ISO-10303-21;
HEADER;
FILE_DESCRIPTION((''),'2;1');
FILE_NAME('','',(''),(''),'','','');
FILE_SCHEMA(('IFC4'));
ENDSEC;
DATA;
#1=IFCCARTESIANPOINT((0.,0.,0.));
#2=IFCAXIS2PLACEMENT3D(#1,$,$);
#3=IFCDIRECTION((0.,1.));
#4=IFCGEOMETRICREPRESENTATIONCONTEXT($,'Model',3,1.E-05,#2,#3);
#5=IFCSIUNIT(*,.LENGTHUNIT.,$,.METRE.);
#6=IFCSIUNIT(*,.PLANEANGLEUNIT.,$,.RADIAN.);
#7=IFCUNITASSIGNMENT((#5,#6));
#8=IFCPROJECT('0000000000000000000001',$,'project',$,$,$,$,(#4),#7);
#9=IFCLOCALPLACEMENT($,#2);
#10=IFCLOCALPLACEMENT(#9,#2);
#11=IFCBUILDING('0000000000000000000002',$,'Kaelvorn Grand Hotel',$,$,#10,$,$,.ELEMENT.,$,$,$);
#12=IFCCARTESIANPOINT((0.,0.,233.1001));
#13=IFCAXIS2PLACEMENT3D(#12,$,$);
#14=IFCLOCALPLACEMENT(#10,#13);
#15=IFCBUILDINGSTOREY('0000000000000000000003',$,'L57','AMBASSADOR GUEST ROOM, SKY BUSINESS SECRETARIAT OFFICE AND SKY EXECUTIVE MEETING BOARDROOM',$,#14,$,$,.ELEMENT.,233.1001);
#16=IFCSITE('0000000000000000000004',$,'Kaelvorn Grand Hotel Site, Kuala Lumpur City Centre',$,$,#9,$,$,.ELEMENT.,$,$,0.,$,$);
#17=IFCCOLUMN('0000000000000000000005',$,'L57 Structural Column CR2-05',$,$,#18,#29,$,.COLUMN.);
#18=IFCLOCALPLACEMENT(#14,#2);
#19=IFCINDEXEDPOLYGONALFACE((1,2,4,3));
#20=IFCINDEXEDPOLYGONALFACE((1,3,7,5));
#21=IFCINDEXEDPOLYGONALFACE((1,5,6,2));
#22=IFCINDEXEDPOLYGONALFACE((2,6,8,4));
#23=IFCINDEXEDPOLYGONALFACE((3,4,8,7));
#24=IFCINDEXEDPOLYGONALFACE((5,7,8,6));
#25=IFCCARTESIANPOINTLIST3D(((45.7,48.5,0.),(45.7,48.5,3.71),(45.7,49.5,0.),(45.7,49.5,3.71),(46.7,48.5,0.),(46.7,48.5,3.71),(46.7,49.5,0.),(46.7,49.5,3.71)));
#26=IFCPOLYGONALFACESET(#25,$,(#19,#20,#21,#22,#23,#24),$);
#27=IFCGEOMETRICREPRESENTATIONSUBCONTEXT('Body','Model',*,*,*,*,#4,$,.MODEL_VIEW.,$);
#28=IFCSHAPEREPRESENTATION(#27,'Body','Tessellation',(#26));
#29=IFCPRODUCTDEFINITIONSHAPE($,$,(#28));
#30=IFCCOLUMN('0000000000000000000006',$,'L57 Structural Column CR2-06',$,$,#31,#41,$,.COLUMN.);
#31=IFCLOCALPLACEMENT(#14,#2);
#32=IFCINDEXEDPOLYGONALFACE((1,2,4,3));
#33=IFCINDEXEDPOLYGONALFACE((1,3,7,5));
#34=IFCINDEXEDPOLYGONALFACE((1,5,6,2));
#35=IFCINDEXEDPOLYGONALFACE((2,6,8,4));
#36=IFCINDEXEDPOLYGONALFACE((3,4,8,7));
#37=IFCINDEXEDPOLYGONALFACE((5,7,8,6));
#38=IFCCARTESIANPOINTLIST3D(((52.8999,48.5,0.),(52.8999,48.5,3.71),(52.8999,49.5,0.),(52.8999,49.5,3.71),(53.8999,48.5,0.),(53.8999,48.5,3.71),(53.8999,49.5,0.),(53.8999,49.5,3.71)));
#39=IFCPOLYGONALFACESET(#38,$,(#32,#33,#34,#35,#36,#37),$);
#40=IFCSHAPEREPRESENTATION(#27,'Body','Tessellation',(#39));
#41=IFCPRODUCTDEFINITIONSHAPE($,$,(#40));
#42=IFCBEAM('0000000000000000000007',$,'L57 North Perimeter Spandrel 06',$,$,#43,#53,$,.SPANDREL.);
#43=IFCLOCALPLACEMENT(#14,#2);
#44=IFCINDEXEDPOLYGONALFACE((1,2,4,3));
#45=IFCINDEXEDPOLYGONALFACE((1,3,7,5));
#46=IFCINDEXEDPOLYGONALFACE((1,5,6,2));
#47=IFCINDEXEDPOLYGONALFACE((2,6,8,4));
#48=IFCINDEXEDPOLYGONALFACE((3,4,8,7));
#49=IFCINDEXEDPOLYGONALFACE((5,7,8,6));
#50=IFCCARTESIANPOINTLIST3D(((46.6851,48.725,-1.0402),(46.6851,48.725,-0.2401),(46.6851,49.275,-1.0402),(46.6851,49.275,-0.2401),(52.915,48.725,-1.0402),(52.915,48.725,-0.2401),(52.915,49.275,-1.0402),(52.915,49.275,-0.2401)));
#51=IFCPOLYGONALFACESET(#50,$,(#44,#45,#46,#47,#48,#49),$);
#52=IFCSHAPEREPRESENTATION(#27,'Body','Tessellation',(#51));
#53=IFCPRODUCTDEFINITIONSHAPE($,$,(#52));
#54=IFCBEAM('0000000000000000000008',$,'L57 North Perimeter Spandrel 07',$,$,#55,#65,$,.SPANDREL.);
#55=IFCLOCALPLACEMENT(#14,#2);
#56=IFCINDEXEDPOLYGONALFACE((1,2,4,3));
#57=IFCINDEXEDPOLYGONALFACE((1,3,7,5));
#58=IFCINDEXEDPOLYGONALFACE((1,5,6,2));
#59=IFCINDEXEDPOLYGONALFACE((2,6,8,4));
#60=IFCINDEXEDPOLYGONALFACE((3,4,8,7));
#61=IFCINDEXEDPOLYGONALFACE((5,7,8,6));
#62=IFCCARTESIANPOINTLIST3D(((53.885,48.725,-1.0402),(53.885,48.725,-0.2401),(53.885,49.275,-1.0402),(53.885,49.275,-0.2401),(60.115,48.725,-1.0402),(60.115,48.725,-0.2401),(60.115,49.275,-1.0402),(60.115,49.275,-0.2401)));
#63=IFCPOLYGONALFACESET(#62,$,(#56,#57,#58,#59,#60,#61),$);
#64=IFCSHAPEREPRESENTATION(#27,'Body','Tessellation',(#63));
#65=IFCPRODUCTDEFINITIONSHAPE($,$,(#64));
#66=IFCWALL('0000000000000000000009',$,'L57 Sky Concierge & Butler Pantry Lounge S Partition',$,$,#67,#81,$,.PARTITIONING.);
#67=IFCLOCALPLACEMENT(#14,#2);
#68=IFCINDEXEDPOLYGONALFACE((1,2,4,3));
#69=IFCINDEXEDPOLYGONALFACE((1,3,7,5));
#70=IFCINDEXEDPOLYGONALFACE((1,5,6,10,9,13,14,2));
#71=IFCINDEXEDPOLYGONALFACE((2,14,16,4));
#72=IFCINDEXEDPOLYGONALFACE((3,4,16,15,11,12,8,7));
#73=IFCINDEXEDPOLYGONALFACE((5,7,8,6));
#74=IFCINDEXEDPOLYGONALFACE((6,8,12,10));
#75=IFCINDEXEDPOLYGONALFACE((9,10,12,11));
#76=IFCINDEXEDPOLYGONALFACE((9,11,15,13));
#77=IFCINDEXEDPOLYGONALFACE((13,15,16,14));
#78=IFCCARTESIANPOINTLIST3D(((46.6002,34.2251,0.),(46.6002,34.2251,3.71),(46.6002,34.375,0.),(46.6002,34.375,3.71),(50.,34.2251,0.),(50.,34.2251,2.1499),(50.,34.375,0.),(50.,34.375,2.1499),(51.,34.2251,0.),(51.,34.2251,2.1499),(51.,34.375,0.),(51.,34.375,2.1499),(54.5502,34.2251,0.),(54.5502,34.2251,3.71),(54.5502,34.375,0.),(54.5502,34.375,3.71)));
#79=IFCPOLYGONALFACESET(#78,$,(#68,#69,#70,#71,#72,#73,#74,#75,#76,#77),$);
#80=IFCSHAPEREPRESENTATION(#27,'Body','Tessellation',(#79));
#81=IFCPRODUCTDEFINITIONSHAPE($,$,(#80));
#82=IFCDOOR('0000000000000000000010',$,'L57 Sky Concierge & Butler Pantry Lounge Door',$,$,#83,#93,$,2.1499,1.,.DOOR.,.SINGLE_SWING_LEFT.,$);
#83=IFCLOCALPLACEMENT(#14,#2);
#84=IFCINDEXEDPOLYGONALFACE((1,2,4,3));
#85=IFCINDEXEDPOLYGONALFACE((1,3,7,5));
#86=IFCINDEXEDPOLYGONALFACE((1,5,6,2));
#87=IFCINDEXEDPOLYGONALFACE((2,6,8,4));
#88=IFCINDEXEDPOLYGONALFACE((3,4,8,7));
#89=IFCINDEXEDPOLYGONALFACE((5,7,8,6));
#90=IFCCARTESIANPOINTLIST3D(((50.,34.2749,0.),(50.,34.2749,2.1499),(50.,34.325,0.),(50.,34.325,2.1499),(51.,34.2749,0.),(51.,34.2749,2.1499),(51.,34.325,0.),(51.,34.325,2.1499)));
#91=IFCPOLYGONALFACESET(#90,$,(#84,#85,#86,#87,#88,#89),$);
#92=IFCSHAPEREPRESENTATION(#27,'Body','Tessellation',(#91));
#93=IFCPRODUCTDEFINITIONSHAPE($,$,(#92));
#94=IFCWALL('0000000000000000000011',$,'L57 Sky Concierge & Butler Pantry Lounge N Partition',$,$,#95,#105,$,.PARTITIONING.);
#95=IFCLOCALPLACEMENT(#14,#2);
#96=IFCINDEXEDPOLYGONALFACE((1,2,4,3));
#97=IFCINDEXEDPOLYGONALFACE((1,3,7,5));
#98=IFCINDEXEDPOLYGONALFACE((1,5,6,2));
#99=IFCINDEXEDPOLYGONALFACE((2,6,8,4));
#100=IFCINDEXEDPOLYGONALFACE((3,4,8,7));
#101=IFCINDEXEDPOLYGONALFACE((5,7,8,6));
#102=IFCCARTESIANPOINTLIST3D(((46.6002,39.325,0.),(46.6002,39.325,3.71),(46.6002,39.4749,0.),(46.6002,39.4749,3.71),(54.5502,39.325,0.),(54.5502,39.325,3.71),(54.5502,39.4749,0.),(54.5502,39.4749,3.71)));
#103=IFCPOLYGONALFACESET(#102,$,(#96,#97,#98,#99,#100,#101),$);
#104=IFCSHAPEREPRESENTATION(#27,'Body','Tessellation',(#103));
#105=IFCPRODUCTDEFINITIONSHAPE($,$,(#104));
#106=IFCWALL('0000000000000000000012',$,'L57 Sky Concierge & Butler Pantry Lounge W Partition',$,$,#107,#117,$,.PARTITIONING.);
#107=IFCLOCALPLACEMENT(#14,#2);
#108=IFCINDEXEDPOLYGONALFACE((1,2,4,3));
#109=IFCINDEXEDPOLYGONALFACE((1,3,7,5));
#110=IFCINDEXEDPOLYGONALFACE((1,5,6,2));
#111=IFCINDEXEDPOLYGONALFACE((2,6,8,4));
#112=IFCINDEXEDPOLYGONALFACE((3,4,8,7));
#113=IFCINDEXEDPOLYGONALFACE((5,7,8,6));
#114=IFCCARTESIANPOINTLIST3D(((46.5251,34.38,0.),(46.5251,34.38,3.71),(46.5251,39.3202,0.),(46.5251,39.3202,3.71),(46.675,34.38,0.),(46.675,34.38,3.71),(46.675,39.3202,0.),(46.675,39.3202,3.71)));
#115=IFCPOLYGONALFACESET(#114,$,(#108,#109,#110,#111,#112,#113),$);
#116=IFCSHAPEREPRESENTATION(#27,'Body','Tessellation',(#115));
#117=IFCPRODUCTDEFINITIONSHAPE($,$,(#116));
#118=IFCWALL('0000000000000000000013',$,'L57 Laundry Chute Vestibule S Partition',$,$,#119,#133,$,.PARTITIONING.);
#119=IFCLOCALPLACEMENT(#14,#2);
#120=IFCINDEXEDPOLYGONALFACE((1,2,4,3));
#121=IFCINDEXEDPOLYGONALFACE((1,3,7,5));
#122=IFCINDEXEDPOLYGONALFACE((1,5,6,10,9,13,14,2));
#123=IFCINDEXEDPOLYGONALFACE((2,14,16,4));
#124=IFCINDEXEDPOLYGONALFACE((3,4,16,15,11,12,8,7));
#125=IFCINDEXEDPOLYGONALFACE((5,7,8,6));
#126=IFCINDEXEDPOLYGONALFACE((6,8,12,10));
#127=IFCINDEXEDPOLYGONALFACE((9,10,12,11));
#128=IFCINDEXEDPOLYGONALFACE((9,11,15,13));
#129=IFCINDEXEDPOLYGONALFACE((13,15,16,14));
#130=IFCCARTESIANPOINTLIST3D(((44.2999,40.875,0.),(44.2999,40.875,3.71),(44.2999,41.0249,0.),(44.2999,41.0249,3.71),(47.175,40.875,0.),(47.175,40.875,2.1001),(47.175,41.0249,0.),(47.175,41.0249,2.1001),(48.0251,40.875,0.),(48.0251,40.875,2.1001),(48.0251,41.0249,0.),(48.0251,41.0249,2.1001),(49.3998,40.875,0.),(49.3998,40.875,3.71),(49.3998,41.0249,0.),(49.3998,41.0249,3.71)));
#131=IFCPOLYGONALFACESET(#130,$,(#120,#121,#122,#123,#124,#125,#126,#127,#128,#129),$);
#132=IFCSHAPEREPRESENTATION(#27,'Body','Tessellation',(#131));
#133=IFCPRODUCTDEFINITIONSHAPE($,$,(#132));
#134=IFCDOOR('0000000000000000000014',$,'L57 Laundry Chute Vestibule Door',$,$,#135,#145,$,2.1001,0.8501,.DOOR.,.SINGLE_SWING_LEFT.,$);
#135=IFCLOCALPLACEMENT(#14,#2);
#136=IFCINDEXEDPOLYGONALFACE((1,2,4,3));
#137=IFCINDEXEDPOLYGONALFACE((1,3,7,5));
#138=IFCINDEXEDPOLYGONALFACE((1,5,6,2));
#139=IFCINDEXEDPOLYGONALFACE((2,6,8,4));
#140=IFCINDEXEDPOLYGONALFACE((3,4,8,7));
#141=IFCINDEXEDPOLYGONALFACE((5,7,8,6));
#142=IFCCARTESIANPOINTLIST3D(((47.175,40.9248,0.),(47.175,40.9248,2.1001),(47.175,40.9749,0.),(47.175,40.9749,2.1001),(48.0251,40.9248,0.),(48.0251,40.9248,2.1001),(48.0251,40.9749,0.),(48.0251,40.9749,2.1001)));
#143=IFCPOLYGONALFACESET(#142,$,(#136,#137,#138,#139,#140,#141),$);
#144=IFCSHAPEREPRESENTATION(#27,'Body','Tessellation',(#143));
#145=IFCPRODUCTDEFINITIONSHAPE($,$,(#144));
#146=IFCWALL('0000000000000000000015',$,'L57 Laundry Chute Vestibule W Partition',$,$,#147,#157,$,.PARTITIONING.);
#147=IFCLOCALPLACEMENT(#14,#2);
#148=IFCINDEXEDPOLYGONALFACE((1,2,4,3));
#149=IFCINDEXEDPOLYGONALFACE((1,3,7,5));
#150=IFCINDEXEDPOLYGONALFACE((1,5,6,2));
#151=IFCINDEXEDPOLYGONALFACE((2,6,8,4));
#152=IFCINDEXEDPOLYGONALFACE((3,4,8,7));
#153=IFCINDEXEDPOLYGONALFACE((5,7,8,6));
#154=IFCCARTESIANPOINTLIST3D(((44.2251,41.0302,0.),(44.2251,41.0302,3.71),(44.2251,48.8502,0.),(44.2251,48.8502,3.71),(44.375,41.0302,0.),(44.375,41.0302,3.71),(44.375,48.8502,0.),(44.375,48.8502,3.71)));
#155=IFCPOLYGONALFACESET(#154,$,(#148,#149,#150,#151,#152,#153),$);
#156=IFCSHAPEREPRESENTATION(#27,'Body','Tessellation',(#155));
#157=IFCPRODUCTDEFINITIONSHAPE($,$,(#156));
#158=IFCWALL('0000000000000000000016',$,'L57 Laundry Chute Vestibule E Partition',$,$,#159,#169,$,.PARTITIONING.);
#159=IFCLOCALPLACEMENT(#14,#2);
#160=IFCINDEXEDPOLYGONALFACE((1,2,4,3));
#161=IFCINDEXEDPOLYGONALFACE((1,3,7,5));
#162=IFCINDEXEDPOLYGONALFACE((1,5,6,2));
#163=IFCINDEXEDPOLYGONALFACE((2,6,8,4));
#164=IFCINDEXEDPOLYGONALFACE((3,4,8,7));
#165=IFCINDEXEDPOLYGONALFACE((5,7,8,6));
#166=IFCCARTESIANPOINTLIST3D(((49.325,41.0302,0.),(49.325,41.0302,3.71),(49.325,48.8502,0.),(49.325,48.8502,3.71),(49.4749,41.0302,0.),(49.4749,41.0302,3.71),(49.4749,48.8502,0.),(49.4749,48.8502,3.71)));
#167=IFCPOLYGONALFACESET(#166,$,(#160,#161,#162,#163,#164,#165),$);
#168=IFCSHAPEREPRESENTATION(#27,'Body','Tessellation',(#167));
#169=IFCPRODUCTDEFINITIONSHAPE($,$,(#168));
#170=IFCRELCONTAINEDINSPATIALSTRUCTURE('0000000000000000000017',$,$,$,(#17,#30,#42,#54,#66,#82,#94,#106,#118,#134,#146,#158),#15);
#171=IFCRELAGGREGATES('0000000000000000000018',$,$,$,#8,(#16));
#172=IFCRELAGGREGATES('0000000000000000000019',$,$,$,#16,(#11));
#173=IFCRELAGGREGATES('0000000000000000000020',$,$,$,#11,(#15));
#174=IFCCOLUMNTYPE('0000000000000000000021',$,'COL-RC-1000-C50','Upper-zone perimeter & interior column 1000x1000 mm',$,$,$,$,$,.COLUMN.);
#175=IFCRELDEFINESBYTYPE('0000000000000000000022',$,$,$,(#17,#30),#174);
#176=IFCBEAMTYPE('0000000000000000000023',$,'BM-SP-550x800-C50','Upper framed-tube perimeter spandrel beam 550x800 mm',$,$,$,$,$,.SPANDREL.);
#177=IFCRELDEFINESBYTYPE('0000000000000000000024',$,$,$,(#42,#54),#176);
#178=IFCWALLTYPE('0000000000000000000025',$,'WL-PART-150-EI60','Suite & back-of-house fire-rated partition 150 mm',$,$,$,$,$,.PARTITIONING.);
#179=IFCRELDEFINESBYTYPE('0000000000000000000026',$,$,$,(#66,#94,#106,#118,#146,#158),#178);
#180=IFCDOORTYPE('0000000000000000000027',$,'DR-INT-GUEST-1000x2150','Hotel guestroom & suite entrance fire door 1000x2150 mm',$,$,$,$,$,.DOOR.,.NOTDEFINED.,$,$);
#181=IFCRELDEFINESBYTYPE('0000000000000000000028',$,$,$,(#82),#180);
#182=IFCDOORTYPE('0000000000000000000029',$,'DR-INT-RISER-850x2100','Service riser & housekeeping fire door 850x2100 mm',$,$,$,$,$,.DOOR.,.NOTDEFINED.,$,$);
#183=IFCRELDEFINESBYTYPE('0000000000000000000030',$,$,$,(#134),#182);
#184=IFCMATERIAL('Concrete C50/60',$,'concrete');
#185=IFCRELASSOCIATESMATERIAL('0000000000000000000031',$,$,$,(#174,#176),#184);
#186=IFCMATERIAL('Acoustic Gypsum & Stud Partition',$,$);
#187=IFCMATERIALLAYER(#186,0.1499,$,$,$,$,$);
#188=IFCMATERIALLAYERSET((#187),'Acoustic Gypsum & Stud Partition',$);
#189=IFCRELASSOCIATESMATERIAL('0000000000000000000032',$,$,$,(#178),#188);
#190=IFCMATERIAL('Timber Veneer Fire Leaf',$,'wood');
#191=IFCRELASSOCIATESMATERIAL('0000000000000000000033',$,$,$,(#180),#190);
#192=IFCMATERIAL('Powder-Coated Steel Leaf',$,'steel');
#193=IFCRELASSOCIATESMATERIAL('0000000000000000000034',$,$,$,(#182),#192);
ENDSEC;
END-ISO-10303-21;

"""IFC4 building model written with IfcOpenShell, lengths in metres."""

from ifc_helpers import new_model, si_unit, direction, frame, frame_2d, origin, origin_2d, place, context, subcontext, project, spatial, rectangle, extrude, material, layer, layer_set, material_profile, profile_set, type_object, element, fill, save


model = new_model("IFC4")

# Units and contexts
model_context = context("Model", 3, precision=1e-05, world=origin(), true_north=direction((0.0, 1.0)))
body_context = subcontext(model_context, "Body", "Model", "MODEL_VIEW")
ifc_project = project(units=[si_unit("LENGTHUNIT", "METRE"), si_unit("PLANEANGLEUNIT", "RADIAN")], contexts=[model_context])

# Site, building, storey
site_placement = place(None, origin())
site = spatial("IfcSite", under=ifc_project, at=site_placement, Name="Kaelvorn Grand Hotel Site, Kuala Lumpur City Centre", CompositionType="ELEMENT", RefElevation=0.0)
building_placement = place(site_placement, origin())
building = spatial("IfcBuilding", under=site, at=building_placement, Name="Kaelvorn Grand Hotel", CompositionType="ELEMENT")
storey_placement = place(building_placement, frame((0.0, 0.0, 233.1001)))
storey = spatial("IfcBuildingStorey", under=building, at=storey_placement, Name="L57", Description="AMBASSADOR GUEST ROOM, SKY BUSINESS SECRETARIAT OFFICE AND SKY EXECUTIVE MEETING BOARDROOM", CompositionType="ELEMENT", Elevation=233.1001)

# Columns
ifc_material_1 = material(Name="Concrete C50/60", Category="concrete")
ifc_material_profile_1 = material_profile(ifc_material_1, rectangle(XDim=1.0, YDim=1.0, at=origin_2d()), Name="RC COL 1000x1000")
ifc_profile_set_1 = profile_set([ifc_material_profile_1], Name="Concrete C50/60")
column_type = type_object("IfcColumnType", Name="COL-RC-1000-C50", Description="Upper-zone perimeter & interior column 1000x1000 mm", PredefinedType="COLUMN", material=ifc_profile_set_1)
for number, where, z_axis, x_axis, name in (
    (1, (46.2, 49.0, 0.0), (0.0, 0.0, 1.0), (1.0, 0.0, 0.0), "L57 Structural Column CR2-05"),
    (2, (53.3999, 49.0, 0.0), (0.0, 0.0, 1.0), (1.0, 0.0, 0.0), "L57 Structural Column CR2-06"),
):
    element("IfcColumn", number, at=place(storey_placement, frame(where, z_axis=z_axis, x_axis=x_axis)), inside=storey, type_object=column_type, Name=name, PredefinedType="COLUMN", context=body_context, shape_type="SweptSolid", body=[
        extrude(rectangle(XDim=1.0, YDim=1.0, at=origin_2d()), origin(), (0.0, 0.0, 1.0), 3.71),
    ])

# Beams
ifc_material_profile_2 = material_profile(ifc_material_1, rectangle(XDim=0.55, YDim=0.8, at=origin_2d()), Name="RC SPANDREL 550x800")
ifc_profile_set_2 = profile_set([ifc_material_profile_2], Name="Concrete C50/60")
beam_type = type_object("IfcBeamType", Name="BM-SP-550x800-C50", Description="Upper framed-tube perimeter spandrel beam 550x800 mm", PredefinedType="SPANDREL", material=ifc_profile_set_2)
for number, where, z_axis, x_axis, name in (
    (3, (46.6851, 49.0, -0.6401), (1.0, 0.0, 0.0), (0.0, 1.0, 0.0), "L57 North Perimeter Spandrel 06"),
    (4, (53.885, 49.0, -0.6401), (1.0, 0.0, 0.0), (0.0, 1.0, 0.0), "L57 North Perimeter Spandrel 07"),
):
    element("IfcBeam", number, at=place(storey_placement, frame(where, z_axis=z_axis, x_axis=x_axis)), inside=storey, type_object=beam_type, Name=name, PredefinedType="SPANDREL", context=body_context, shape_type="SweptSolid", body=[
        extrude(rectangle(XDim=0.55, YDim=0.8, at=origin_2d()), origin(), (0.0, 0.0, 1.0), 6.23),
    ])

# Wall, opening, door
ifc_material_2 = material(Name="Acoustic Gypsum & Stud Partition")
ifc_layer_1 = layer(ifc_material_2, 0.1499)
ifc_layer_set_1 = layer_set([ifc_layer_1], Name="Acoustic Gypsum & Stud Partition")
wall_type_1 = type_object("IfcWallType", Name="WL-PART-150-EI60", Description="Suite & back-of-house fire-rated partition 150 mm", PredefinedType="PARTITIONING", material=ifc_layer_set_1)
wall_1_placement = place(storey_placement, frame((46.6001, 34.3, 0.0), z_axis=(0.0, 0.0, 1.0), x_axis=(1.0, 0.0, 0.0)))
wall_1 = element("IfcWall", 5, at=wall_1_placement, inside=storey, type_object=wall_type_1, Name="L57 Sky Concierge & Butler Pantry Lounge S Partition", PredefinedType="PARTITIONING", context=body_context, shape_type="SweptSolid", body=[
    extrude(rectangle(XDim=7.95, YDim=0.1499, at=frame_2d((3.9751, 0.0))), origin(), (0.0, 0.0, 1.0), 3.71),
])
opening_1_placement = place(wall_1_placement, frame((3.3999, 0.0, 0.0)))
opening_1 = element("IfcOpeningElement", 6, at=opening_1_placement, cuts=wall_1, PredefinedType="OPENING", context=body_context, shape_type="SweptSolid", body=[
    extrude(rectangle(XDim=1.0, YDim=2.1499, at=frame_2d((0.5, 1.075))), frame((0.0, 0.085, 0.0), z_axis=(0.0, -1.0, 0.0), x_axis=(1.0, 0.0, 0.0)), (0.0, 0.0, 1.0), 0.1699),
])
ifc_material_3 = material(Name="Timber Veneer Fire Leaf", Category="wood")
door_type_1 = type_object("IfcDoorType", Name="DR-INT-GUEST-1000x2150", Description="Hotel guestroom & suite entrance fire door 1000x2150 mm", OperationType="NOTDEFINED", PredefinedType="DOOR", material=ifc_material_3)
door_1_placement = place(opening_1_placement, origin())
door_1 = element("IfcDoor", 7, at=door_1_placement, inside=storey, type_object=door_type_1, Name="L57 Sky Concierge & Butler Pantry Lounge Door", OperationType="SINGLE_SWING_LEFT", OverallHeight=2.1499, OverallWidth=1.0, PredefinedType="DOOR", context=body_context, shape_type="SweptSolid", body=[
    extrude(rectangle(XDim=1.0, YDim=2.1499, at=frame_2d((0.5, 1.075))), frame((0.0, 0.0249, 0.0), z_axis=(0.0, -1.0, 0.0), x_axis=(1.0, 0.0, 0.0)), (0.0, 0.0, 1.0), 0.05),
])
fill(opening_1, door_1)

# Walls
wall_2_placement = place(storey_placement, frame((46.6001, 39.3999, 0.0), z_axis=(0.0, 0.0, 1.0), x_axis=(1.0, 0.0, 0.0)))
element("IfcWall", 8, at=wall_2_placement, inside=storey, type_object=wall_type_1, Name="L57 Sky Concierge & Butler Pantry Lounge N Partition", PredefinedType="PARTITIONING", context=body_context, shape_type="SweptSolid", body=[
    extrude(rectangle(XDim=7.95, YDim=0.1499, at=frame_2d((3.9751, 0.0))), origin(), (0.0, 0.0, 1.0), 3.71),
])
wall_3_placement = place(storey_placement, frame((46.6001, 34.3799, 0.0), z_axis=(0.0, 0.0, 1.0), x_axis=(0.0, 1.0, 0.0)))
element("IfcWall", 9, at=wall_3_placement, inside=storey, type_object=wall_type_1, Name="L57 Sky Concierge & Butler Pantry Lounge W Partition", PredefinedType="PARTITIONING", context=body_context, shape_type="SweptSolid", body=[
    extrude(rectangle(XDim=4.9402, YDim=0.1499, at=frame_2d((2.4702, 0.0))), origin(), (0.0, 0.0, 1.0), 3.71),
])

# Wall, opening, door
wall_4_placement = place(storey_placement, frame((44.3, 40.95, 0.0), z_axis=(0.0, 0.0, 1.0), x_axis=(1.0, 0.0, 0.0)))
wall_4 = element("IfcWall", 10, at=wall_4_placement, inside=storey, type_object=wall_type_1, Name="L57 Laundry Chute Vestibule S Partition", PredefinedType="PARTITIONING", context=body_context, shape_type="SweptSolid", body=[
    extrude(rectangle(XDim=5.0999, YDim=0.1499, at=frame_2d((2.5498, 0.0))), origin(), (0.0, 0.0, 1.0), 3.71),
])
opening_2_placement = place(wall_4_placement, frame((2.875, 0.0, 0.0)))
opening_2 = element("IfcOpeningElement", 11, at=opening_2_placement, cuts=wall_4, PredefinedType="OPENING", context=body_context, shape_type="SweptSolid", body=[
    extrude(rectangle(XDim=0.8501, YDim=2.1001, at=frame_2d((0.425, 1.05))), frame((0.0, 0.085, 0.0), z_axis=(0.0, -1.0, 0.0), x_axis=(1.0, 0.0, 0.0)), (0.0, 0.0, 1.0), 0.1699),
])
ifc_material_4 = material(Name="Powder-Coated Steel Leaf", Category="steel")
door_type_2 = type_object("IfcDoorType", Name="DR-INT-RISER-850x2100", Description="Service riser & housekeeping fire door 850x2100 mm", OperationType="NOTDEFINED", PredefinedType="DOOR", material=ifc_material_4)
door_2_placement = place(opening_2_placement, origin())
door_2 = element("IfcDoor", 12, at=door_2_placement, inside=storey, type_object=door_type_2, Name="L57 Laundry Chute Vestibule Door", OperationType="SINGLE_SWING_LEFT", OverallHeight=2.1001, OverallWidth=0.8501, PredefinedType="DOOR", context=body_context, shape_type="SweptSolid", body=[
    extrude(rectangle(XDim=0.8501, YDim=2.1001, at=frame_2d((0.425, 1.05))), frame((0.0, 0.0249, 0.0), z_axis=(0.0, -1.0, 0.0), x_axis=(1.0, 0.0, 0.0)), (0.0, 0.0, 1.0), 0.05),
])
fill(opening_2, door_2)

# Walls
for number, where, z_axis, x_axis, name in (
    (13, (44.3, 41.03, 0.0), (0.0, 0.0, 1.0), (0.0, 1.0, 0.0), "L57 Laundry Chute Vestibule W Partition"),
    (14, (49.3999, 41.03, 0.0), (0.0, 0.0, 1.0), (0.0, 1.0, 0.0), "L57 Laundry Chute Vestibule E Partition"),
):
    element("IfcWall", number, at=place(storey_placement, frame(where, z_axis=z_axis, x_axis=x_axis)), inside=storey, type_object=wall_type_1, Name=name, PredefinedType="PARTITIONING", context=body_context, shape_type="SweptSolid", body=[
        extrude(rectangle(XDim=7.8201, YDim=0.1499, at=frame_2d((3.9102, 0.0))), origin(), (0.0, 0.0, 1.0), 3.71),
    ])

save(model, "model.ifc")
